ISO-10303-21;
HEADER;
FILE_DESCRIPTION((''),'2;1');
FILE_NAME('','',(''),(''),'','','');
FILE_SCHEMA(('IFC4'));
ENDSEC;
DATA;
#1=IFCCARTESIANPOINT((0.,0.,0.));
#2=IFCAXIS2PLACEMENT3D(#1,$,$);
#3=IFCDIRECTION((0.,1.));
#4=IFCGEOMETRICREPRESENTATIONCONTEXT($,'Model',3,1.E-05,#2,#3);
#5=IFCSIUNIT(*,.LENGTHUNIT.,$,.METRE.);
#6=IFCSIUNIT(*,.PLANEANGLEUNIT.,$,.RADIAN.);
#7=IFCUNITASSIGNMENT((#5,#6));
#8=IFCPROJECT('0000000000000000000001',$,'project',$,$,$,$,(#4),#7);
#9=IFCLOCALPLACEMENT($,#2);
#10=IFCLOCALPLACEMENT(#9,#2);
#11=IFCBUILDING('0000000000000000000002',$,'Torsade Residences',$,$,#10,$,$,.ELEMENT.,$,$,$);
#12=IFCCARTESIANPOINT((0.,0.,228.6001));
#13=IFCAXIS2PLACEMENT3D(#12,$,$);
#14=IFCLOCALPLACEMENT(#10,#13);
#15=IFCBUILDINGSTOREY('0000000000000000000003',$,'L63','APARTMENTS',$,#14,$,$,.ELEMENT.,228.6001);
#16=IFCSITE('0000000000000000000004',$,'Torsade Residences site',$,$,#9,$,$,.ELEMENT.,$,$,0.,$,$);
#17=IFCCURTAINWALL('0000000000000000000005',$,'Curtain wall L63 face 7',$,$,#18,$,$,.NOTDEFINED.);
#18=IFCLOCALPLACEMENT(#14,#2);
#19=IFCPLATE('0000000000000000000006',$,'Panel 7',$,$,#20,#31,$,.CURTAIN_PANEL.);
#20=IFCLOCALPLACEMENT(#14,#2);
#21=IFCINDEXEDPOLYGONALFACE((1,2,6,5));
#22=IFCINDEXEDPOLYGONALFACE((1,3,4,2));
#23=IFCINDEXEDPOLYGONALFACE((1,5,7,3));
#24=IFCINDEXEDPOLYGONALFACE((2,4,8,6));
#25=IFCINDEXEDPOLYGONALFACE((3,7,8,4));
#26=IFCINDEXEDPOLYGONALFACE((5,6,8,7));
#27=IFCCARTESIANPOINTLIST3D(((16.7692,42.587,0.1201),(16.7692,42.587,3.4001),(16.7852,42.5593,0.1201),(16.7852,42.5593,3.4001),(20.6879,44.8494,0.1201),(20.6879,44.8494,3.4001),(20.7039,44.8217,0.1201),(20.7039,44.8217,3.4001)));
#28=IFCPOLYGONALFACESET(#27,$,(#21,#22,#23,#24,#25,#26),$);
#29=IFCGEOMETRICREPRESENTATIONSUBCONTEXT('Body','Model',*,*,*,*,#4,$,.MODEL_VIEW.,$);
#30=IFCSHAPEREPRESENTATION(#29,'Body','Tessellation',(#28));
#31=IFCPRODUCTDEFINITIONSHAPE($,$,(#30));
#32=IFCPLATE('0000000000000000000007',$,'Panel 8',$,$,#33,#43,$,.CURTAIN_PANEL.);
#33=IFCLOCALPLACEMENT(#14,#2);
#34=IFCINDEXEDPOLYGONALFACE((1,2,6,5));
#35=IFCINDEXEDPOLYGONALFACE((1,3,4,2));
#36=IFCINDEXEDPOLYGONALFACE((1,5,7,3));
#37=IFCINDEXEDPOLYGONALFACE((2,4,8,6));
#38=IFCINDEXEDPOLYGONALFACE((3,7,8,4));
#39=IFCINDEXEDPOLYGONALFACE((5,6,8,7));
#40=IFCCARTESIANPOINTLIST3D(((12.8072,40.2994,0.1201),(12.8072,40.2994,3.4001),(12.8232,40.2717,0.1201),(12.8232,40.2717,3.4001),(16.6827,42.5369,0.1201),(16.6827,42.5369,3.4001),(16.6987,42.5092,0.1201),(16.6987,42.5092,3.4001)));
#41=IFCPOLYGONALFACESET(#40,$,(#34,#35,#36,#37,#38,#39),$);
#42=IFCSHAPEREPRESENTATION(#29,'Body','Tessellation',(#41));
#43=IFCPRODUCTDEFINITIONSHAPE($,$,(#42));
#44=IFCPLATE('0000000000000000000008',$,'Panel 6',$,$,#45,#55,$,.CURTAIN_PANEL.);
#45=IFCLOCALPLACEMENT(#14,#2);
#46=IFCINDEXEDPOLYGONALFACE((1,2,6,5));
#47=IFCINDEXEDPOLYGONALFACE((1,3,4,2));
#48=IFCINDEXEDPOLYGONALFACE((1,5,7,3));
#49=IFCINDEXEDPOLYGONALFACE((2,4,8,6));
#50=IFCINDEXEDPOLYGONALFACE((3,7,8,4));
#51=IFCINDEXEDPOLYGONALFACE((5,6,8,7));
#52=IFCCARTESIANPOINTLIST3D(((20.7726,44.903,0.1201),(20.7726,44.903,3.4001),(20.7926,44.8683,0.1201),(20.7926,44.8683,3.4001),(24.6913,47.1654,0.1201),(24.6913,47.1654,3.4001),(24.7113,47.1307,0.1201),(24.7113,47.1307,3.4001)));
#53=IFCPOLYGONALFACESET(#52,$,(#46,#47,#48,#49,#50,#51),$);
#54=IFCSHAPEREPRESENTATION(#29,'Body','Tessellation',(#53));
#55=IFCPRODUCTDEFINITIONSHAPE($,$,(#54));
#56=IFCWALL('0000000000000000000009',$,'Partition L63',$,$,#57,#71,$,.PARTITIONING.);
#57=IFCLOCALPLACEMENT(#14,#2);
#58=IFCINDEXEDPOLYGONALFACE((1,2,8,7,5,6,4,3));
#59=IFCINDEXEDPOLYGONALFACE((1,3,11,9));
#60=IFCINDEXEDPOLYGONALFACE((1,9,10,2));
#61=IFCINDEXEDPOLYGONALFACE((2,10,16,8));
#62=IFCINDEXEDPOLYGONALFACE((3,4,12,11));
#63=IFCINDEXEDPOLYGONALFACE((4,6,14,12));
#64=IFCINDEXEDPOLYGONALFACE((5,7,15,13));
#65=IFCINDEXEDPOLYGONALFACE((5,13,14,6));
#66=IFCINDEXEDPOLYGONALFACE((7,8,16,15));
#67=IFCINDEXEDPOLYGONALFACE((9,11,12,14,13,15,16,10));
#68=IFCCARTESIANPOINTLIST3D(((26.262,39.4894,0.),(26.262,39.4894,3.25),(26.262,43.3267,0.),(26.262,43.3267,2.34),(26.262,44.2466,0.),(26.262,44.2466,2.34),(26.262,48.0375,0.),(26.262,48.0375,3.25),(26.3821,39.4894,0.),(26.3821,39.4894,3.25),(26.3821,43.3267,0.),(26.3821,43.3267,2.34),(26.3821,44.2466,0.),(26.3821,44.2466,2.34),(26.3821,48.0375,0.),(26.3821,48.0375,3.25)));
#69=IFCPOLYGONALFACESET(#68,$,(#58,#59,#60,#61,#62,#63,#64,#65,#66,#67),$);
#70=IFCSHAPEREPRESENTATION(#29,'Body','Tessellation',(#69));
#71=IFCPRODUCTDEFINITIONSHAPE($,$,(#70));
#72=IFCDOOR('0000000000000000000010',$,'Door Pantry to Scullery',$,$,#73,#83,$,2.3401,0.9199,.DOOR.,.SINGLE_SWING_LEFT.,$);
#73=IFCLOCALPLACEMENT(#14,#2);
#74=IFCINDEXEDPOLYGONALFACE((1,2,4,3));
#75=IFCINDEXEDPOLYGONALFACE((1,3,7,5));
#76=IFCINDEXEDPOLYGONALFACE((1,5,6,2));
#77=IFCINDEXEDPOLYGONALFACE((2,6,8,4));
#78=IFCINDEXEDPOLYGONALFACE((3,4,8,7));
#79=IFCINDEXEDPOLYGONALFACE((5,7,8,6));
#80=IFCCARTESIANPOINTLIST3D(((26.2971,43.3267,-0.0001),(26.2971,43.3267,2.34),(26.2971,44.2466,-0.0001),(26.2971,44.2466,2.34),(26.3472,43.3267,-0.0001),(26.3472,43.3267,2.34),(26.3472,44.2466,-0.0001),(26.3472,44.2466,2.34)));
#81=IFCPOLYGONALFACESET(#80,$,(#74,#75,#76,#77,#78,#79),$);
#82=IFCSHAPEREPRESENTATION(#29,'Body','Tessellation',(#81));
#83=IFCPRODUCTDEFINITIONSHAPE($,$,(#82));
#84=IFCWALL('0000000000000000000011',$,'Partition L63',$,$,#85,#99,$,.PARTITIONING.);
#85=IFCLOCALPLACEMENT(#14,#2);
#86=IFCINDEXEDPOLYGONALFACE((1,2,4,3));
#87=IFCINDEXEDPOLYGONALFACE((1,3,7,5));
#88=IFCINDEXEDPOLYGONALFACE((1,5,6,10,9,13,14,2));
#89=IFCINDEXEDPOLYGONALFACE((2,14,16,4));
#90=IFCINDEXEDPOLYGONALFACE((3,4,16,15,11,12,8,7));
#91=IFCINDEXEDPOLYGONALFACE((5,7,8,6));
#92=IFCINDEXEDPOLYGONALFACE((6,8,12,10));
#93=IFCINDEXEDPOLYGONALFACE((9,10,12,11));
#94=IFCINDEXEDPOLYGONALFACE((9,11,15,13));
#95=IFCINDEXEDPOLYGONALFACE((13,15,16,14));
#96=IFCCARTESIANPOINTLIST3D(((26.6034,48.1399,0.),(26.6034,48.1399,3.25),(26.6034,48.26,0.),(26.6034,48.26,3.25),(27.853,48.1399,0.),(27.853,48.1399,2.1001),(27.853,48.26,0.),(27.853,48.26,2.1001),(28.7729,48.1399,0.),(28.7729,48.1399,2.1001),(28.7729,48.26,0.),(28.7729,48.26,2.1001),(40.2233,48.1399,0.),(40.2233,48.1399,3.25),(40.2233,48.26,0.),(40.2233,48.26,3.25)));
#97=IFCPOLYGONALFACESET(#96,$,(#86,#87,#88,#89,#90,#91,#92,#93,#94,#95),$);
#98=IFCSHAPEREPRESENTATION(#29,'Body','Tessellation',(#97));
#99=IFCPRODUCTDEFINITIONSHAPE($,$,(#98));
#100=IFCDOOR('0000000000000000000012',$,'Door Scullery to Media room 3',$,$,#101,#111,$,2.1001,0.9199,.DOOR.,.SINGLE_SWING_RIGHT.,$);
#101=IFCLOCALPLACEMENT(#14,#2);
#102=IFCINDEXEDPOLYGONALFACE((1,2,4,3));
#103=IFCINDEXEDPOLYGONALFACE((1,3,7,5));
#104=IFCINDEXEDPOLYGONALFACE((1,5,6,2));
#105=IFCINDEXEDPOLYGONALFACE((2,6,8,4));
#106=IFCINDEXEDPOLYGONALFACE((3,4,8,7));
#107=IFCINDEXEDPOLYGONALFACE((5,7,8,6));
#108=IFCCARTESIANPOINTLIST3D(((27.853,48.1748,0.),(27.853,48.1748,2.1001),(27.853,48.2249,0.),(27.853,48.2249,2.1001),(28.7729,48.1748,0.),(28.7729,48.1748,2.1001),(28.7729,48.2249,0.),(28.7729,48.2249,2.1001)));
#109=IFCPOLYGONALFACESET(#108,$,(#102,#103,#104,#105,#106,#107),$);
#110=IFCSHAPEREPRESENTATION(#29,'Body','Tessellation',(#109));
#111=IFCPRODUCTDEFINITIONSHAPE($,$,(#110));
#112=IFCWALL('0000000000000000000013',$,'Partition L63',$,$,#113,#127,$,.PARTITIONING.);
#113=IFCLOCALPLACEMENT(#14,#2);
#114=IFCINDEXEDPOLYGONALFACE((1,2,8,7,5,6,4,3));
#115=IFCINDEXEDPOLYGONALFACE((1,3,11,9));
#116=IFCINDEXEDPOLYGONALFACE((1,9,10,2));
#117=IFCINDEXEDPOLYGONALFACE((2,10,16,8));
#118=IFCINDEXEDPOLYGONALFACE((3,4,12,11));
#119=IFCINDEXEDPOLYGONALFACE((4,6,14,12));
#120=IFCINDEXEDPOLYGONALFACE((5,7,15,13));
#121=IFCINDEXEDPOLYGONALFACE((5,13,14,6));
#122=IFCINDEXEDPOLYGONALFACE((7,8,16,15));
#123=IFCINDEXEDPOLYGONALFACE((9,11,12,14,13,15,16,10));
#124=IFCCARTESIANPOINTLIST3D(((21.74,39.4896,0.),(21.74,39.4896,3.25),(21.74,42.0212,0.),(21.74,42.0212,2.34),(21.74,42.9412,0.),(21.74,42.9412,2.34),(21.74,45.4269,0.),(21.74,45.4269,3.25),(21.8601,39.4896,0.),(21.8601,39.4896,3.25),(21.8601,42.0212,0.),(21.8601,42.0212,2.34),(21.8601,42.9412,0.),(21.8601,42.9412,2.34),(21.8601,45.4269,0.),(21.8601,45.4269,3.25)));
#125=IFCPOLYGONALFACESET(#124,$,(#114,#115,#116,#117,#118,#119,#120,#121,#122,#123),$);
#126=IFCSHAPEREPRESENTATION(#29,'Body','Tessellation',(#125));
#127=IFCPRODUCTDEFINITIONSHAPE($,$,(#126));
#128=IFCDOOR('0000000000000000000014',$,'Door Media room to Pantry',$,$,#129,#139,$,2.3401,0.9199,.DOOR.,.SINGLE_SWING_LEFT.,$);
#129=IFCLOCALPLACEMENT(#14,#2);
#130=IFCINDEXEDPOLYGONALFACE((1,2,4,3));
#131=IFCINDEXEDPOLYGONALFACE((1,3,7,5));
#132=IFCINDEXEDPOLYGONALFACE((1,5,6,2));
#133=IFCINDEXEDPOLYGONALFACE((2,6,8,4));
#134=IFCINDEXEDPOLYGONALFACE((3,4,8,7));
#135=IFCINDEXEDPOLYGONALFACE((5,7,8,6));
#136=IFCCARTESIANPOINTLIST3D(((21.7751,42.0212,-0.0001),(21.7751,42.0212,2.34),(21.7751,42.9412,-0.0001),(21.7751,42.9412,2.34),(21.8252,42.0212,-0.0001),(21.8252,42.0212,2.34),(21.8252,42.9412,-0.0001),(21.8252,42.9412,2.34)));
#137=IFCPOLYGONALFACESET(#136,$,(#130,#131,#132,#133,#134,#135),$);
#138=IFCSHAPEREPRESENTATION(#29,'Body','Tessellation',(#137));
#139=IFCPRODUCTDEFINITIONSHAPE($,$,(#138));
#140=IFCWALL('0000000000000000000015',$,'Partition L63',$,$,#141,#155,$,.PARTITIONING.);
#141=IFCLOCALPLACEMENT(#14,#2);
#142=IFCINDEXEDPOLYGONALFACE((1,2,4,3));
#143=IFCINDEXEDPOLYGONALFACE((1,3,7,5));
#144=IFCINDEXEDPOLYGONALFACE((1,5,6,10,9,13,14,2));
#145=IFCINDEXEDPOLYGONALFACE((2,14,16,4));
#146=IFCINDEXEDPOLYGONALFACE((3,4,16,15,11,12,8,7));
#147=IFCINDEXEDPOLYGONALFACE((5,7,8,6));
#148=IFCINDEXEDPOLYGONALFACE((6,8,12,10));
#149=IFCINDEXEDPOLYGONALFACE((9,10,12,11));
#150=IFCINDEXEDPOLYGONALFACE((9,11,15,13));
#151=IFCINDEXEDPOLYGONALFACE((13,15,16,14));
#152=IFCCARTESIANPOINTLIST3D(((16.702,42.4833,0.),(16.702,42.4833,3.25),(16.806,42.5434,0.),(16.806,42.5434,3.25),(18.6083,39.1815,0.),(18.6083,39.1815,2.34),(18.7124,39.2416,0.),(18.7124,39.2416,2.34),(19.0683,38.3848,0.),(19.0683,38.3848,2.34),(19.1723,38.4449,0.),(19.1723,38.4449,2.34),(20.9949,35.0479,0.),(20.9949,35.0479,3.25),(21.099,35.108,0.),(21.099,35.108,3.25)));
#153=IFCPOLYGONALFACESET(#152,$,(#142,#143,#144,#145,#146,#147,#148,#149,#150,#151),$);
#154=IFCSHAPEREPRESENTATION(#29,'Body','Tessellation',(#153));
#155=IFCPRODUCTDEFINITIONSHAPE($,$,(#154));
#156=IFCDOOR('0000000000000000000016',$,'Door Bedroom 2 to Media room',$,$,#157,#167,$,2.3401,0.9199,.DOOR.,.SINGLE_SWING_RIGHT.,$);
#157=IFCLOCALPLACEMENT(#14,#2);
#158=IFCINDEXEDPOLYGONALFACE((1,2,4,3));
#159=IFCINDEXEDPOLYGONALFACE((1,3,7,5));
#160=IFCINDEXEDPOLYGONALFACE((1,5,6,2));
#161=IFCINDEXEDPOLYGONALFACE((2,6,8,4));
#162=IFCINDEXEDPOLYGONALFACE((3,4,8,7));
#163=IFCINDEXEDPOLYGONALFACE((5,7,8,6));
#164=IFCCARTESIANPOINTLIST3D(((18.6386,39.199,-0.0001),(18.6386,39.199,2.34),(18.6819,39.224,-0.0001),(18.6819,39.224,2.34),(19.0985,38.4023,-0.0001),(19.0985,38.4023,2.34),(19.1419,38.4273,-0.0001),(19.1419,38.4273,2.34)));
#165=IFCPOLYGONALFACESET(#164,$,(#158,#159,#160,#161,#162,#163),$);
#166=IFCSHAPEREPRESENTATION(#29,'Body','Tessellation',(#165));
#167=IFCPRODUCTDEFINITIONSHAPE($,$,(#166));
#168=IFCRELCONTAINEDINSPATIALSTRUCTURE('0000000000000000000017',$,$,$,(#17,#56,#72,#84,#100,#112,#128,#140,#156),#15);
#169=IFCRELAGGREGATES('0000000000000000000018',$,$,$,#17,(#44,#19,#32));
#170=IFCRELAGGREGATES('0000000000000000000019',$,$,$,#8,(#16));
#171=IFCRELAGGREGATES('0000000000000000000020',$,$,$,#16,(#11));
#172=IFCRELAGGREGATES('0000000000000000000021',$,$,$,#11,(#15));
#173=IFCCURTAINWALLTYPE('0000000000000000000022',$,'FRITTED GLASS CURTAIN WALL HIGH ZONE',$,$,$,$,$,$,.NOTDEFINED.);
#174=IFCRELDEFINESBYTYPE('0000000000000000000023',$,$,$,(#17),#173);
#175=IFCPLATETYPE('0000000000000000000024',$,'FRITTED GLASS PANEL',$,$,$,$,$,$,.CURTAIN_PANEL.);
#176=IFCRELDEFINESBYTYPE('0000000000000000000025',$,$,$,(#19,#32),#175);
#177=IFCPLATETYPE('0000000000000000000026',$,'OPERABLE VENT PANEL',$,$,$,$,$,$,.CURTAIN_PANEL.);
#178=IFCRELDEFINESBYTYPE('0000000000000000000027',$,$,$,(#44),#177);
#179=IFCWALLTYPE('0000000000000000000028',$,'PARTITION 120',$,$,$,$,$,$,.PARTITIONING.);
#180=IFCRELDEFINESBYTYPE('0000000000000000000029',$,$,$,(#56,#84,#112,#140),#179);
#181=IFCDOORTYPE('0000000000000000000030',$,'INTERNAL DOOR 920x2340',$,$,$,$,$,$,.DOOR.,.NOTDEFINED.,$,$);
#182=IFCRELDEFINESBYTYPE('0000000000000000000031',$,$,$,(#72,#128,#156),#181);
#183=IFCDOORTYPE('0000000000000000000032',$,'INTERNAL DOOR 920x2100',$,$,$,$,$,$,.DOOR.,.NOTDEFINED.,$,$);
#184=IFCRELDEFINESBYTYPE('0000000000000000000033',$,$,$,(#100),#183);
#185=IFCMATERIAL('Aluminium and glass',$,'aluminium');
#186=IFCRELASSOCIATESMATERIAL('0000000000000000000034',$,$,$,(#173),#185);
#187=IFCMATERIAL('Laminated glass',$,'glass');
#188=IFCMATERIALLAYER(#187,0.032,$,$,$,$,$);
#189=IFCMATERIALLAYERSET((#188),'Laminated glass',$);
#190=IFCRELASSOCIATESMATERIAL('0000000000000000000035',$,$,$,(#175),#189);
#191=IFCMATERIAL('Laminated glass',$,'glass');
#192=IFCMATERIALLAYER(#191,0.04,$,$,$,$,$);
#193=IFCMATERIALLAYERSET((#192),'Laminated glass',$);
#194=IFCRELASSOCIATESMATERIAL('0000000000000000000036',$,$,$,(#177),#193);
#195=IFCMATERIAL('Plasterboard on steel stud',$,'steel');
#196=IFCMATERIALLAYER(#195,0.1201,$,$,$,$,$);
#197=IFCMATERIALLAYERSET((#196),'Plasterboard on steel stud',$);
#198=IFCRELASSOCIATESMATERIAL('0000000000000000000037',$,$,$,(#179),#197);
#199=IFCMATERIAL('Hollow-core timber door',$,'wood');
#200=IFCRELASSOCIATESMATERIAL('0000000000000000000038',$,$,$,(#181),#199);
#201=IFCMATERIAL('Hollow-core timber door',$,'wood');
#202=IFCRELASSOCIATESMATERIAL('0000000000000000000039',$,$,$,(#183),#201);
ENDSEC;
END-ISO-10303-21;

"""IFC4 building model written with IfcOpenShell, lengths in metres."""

from ifc_helpers import new_model, si_unit, direction, frame, frame_2d, origin, origin_2d, place, context, subcontext, project, spatial, rectangle, extrude, material, layer, layer_set, type_object, element, fill, aggregate, save


model = new_model("IFC4")

# Units and contexts
model_context = context("Model", 3, precision=1e-05, world=origin(), true_north=direction((0.0, 1.0)))
body_context = subcontext(model_context, "Body", "Model", "MODEL_VIEW")
ifc_project = project(units=[si_unit("LENGTHUNIT", "METRE"), si_unit("PLANEANGLEUNIT", "RADIAN")], contexts=[model_context])

# Site, building, storey
site_placement = place(None, origin())
site = spatial("IfcSite", under=ifc_project, at=site_placement, Name="Torsade Residences site", CompositionType="ELEMENT", RefElevation=0.0)
building_placement = place(site_placement, origin())
building = spatial("IfcBuilding", under=site, at=building_placement, Name="Torsade Residences", CompositionType="ELEMENT")
storey_placement = place(building_placement, frame((0.0, 0.0, 228.6001)))
storey = spatial("IfcBuildingStorey", under=building, at=storey_placement, Name="L63", Description="APARTMENTS", CompositionType="ELEMENT", Elevation=228.6001)

# Curtain wall
ifc_material_1 = material(Name="Aluminium and glass", Category="aluminium")
curtain_wall_type = type_object("IfcCurtainWallType", Name="FRITTED GLASS CURTAIN WALL HIGH ZONE", PredefinedType="NOTDEFINED", material=ifc_material_1)
curtain_wall_placement = place(storey_placement, origin())
curtain_wall = element("IfcCurtainWall", 1, at=curtain_wall_placement, inside=storey, type_object=curtain_wall_type, Name="Curtain wall L63 face 7", PredefinedType="NOTDEFINED")

# Plates
ifc_material_2 = material(Name="Laminated glass", Category="glass")
ifc_layer_1 = layer(ifc_material_2, 0.032)
ifc_layer_set_1 = layer_set([ifc_layer_1], Name="Laminated glass")
plate_type_1 = type_object("IfcPlateType", Name="FRITTED GLASS PANEL", PredefinedType="CURTAIN_PANEL", material=ifc_layer_set_1)
plate_1_placement = place(storey_placement, frame((18.7366, 43.7043, 0.1201), z_axis=(0.0, 0.0, 1.0), x_axis=(-0.866025, -0.5, 0.0)))
plate_1 = element("IfcPlate", 2, at=plate_1_placement, type_object=plate_type_1, Name="Panel 7", PredefinedType="CURTAIN_PANEL", context=body_context, shape_type="SweptSolid", body=[
    extrude(rectangle(XDim=4.5249, YDim=0.032, at=origin_2d()), origin(), (0.0, 0.0, 1.0), 3.28),
])
plate_2_placement = place(storey_placement, frame((14.7529, 41.4043, 0.1201), z_axis=(0.0, 0.0, 1.0), x_axis=(-0.866025, -0.5, 0.0)))
plate_2 = element("IfcPlate", 3, at=plate_2_placement, type_object=plate_type_1, Name="Panel 8", PredefinedType="CURTAIN_PANEL", context=body_context, shape_type="SweptSolid", body=[
    extrude(rectangle(XDim=4.4751, YDim=0.032, at=origin_2d()), origin(), (0.0, 0.0, 1.0), 3.28),
])
ifc_material_3 = material(Name="Laminated glass", Category="glass")
ifc_layer_2 = layer(ifc_material_3, 0.04)
ifc_layer_set_2 = layer_set([ifc_layer_2], Name="Laminated glass")
plate_type_2 = type_object("IfcPlateType", Name="OPERABLE VENT PANEL", PredefinedType="CURTAIN_PANEL", material=ifc_layer_set_2)
plate_3_placement = place(storey_placement, frame((22.7419, 46.0168, 0.1201), z_axis=(0.0, 0.0, 1.0), x_axis=(-0.866025, -0.5, 0.0)))
plate_3 = element("IfcPlate", 4, at=plate_3_placement, type_object=plate_type_2, Name="Panel 6", PredefinedType="CURTAIN_PANEL", context=body_context, shape_type="SweptSolid", body=[
    extrude(rectangle(XDim=4.5249, YDim=0.04, at=origin_2d()), origin(), (0.0, 0.0, 1.0), 3.28),
])
aggregate(curtain_wall, [plate_3, plate_1, plate_2])

# Walls, openings, doors
ifc_material_4 = material(Name="Plasterboard on steel stud", Category="steel")
ifc_layer_3 = layer(ifc_material_4, 0.1201)
ifc_layer_set_3 = layer_set([ifc_layer_3], Name="Plasterboard on steel stud")
wall_type_1 = type_object("IfcWallType", Name="PARTITION 120", PredefinedType="PARTITIONING", material=ifc_layer_set_3)
wall_1_placement = place(storey_placement, frame((26.322, 39.4895, 0.0), z_axis=(0.0, 0.0, 1.0), x_axis=(0.0, 1.0, 0.0)))
wall_1 = element("IfcWall", 5, at=wall_1_placement, inside=storey, type_object=wall_type_1, Name="Partition L63", PredefinedType="PARTITIONING", context=body_context, shape_type="SweptSolid", body=[
    extrude(rectangle(XDim=8.5481, YDim=0.1201, at=frame_2d((4.2739, 0.0))), origin(), (0.0, 0.0, 1.0), 3.25),
])
opening_1_placement = place(wall_1_placement, frame((3.8372, 0.0, 0.0)))
opening_1 = element("IfcOpeningElement", 6, at=opening_1_placement, cuts=wall_1, PredefinedType="OPENING", context=body_context, shape_type="SweptSolid", body=[
    extrude(rectangle(XDim=0.9199, YDim=2.3401, at=frame_2d((0.46, 1.1699))), frame((0.0, 0.0701, 0.0), z_axis=(0.0, -1.0, 0.0), x_axis=(1.0, 0.0, 0.0)), (0.0, 0.0, 1.0), 0.1401),
])
ifc_material_5 = material(Name="Hollow-core timber door", Category="wood")
door_type_1 = type_object("IfcDoorType", Name="INTERNAL DOOR 920x2340", OperationType="NOTDEFINED", PredefinedType="DOOR", material=ifc_material_5)
door_1_placement = place(opening_1_placement, origin())
door_1 = element("IfcDoor", 7, at=door_1_placement, inside=storey, type_object=door_type_1, Name="Door Pantry to Scullery", OperationType="SINGLE_SWING_LEFT", OverallHeight=2.3401, OverallWidth=0.9199, PredefinedType="DOOR", context=body_context, shape_type="SweptSolid", body=[
    extrude(rectangle(XDim=0.9199, YDim=2.3401, at=frame_2d((0.46, 1.1699))), frame((0.0, 0.0249, 0.0), z_axis=(0.0, -1.0, 0.0), x_axis=(1.0, 0.0, 0.0)), (0.0, 0.0, 1.0), 0.05),
])
fill(opening_1, door_1)
wall_2_placement = place(storey_placement, frame((26.6033, 48.2, 0.0), z_axis=(0.0, 0.0, 1.0), x_axis=(1.0, 0.0, 0.0)))
wall_2 = element("IfcWall", 8, at=wall_2_placement, inside=storey, type_object=wall_type_1, Name="Partition L63", PredefinedType="PARTITIONING", context=body_context, shape_type="SweptSolid", body=[
    extrude(rectangle(XDim=13.6199, YDim=0.1201, at=frame_2d((6.8101, 0.0))), origin(), (0.0, 0.0, 1.0), 3.25),
])
opening_2_placement = place(wall_2_placement, frame((1.2498, 0.0, 0.0)))
opening_2 = element("IfcOpeningElement", 9, at=opening_2_placement, cuts=wall_2, PredefinedType="OPENING", context=body_context, shape_type="SweptSolid", body=[
    extrude(rectangle(XDim=0.9199, YDim=2.1001, at=frame_2d((0.46, 1.05))), frame((0.0, 0.0701, 0.0), z_axis=(0.0, -1.0, 0.0), x_axis=(1.0, 0.0, 0.0)), (0.0, 0.0, 1.0), 0.1401),
])
ifc_material_6 = material(Name="Hollow-core timber door", Category="wood")
door_type_2 = type_object("IfcDoorType", Name="INTERNAL DOOR 920x2100", OperationType="NOTDEFINED", PredefinedType="DOOR", material=ifc_material_6)
door_2_placement = place(opening_2_placement, origin())
door_2 = element("IfcDoor", 10, at=door_2_placement, inside=storey, type_object=door_type_2, Name="Door Scullery to Media room 3", OperationType="SINGLE_SWING_RIGHT", OverallHeight=2.1001, OverallWidth=0.9199, PredefinedType="DOOR", context=body_context, shape_type="SweptSolid", body=[
    extrude(rectangle(XDim=0.9199, YDim=2.1001, at=frame_2d((0.46, 1.05))), frame((0.0, 0.0249, 0.0), z_axis=(0.0, -1.0, 0.0), x_axis=(1.0, 0.0, 0.0)), (0.0, 0.0, 1.0), 0.05),
])
fill(opening_2, door_2)
wall_3_placement = place(storey_placement, frame((21.8, 39.4895, 0.0), z_axis=(0.0, 0.0, 1.0), x_axis=(0.0, 1.0, 0.0)))
wall_3 = element("IfcWall", 11, at=wall_3_placement, inside=storey, type_object=wall_type_1, Name="Partition L63", PredefinedType="PARTITIONING", context=body_context, shape_type="SweptSolid", body=[
    extrude(rectangle(XDim=5.9373, YDim=0.1201, at=frame_2d((2.9688, 0.0))), origin(), (0.0, 0.0, 1.0), 3.25),
])
opening_3_placement = place(wall_3_placement, frame((2.5317, 0.0, 0.0)))
opening_3 = element("IfcOpeningElement", 12, at=opening_3_placement, cuts=wall_3, PredefinedType="OPENING", context=body_context, shape_type="SweptSolid", body=[
    extrude(rectangle(XDim=0.9199, YDim=2.3401, at=frame_2d((0.46, 1.1699))), frame((0.0, 0.0701, 0.0), z_axis=(0.0, -1.0, 0.0), x_axis=(1.0, 0.0, 0.0)), (0.0, 0.0, 1.0), 0.1401),
])
door_3_placement = place(opening_3_placement, origin())
door_3 = element("IfcDoor", 13, at=door_3_placement, inside=storey, type_object=door_type_1, Name="Door Media room to Pantry", OperationType="SINGLE_SWING_LEFT", OverallHeight=2.3401, OverallWidth=0.9199, PredefinedType="DOOR", context=body_context, shape_type="SweptSolid", body=[
    extrude(rectangle(XDim=0.9199, YDim=2.3401, at=frame_2d((0.46, 1.1699))), frame((0.0, 0.0249, 0.0), z_axis=(0.0, -1.0, 0.0), x_axis=(1.0, 0.0, 0.0)), (0.0, 0.0, 1.0), 0.05),
])
fill(opening_3, door_3)
wall_4_placement = place(storey_placement, frame((16.7539, 42.5134, 0.0), z_axis=(0.0, 0.0, 1.0), x_axis=(0.500017, -0.866016, 0.0)))
wall_4 = element("IfcWall", 14, at=wall_4_placement, inside=storey, type_object=wall_type_1, Name="Partition L63", PredefinedType="PARTITIONING", context=body_context, shape_type="SweptSolid", body=[
    extrude(rectangle(XDim=8.5857, YDim=0.1201, at=frame_2d((4.293, 0.0))), origin(), (0.0, 0.0, 1.0), 3.25),
])
opening_4_placement = place(wall_4_placement, frame((3.8127, 0.0, 0.0)))
opening_4 = element("IfcOpeningElement", 15, at=opening_4_placement, cuts=wall_4, PredefinedType="OPENING", context=body_context, shape_type="SweptSolid", body=[
    extrude(rectangle(XDim=0.9199, YDim=2.3401, at=frame_2d((0.46, 1.1699))), frame((0.0, 0.0701, 0.0), z_axis=(0.0, -1.0, 0.0), x_axis=(1.0, 0.0, 0.0)), (0.0, 0.0, 1.0), 0.1401),
])
door_4_placement = place(opening_4_placement, origin())
door_4 = element("IfcDoor", 16, at=door_4_placement, inside=storey, type_object=door_type_1, Name="Door Bedroom 2 to Media room", OperationType="SINGLE_SWING_RIGHT", OverallHeight=2.3401, OverallWidth=0.9199, PredefinedType="DOOR", context=body_context, shape_type="SweptSolid", body=[
    extrude(rectangle(XDim=0.9199, YDim=2.3401, at=frame_2d((0.46, 1.1699))), frame((0.0, 0.0249, 0.0), z_axis=(0.0, -1.0, 0.0), x_axis=(1.0, 0.0, 0.0)), (0.0, 0.0, 1.0), 0.05),
])
fill(opening_4, door_4)

save(model, "model.ifc")
